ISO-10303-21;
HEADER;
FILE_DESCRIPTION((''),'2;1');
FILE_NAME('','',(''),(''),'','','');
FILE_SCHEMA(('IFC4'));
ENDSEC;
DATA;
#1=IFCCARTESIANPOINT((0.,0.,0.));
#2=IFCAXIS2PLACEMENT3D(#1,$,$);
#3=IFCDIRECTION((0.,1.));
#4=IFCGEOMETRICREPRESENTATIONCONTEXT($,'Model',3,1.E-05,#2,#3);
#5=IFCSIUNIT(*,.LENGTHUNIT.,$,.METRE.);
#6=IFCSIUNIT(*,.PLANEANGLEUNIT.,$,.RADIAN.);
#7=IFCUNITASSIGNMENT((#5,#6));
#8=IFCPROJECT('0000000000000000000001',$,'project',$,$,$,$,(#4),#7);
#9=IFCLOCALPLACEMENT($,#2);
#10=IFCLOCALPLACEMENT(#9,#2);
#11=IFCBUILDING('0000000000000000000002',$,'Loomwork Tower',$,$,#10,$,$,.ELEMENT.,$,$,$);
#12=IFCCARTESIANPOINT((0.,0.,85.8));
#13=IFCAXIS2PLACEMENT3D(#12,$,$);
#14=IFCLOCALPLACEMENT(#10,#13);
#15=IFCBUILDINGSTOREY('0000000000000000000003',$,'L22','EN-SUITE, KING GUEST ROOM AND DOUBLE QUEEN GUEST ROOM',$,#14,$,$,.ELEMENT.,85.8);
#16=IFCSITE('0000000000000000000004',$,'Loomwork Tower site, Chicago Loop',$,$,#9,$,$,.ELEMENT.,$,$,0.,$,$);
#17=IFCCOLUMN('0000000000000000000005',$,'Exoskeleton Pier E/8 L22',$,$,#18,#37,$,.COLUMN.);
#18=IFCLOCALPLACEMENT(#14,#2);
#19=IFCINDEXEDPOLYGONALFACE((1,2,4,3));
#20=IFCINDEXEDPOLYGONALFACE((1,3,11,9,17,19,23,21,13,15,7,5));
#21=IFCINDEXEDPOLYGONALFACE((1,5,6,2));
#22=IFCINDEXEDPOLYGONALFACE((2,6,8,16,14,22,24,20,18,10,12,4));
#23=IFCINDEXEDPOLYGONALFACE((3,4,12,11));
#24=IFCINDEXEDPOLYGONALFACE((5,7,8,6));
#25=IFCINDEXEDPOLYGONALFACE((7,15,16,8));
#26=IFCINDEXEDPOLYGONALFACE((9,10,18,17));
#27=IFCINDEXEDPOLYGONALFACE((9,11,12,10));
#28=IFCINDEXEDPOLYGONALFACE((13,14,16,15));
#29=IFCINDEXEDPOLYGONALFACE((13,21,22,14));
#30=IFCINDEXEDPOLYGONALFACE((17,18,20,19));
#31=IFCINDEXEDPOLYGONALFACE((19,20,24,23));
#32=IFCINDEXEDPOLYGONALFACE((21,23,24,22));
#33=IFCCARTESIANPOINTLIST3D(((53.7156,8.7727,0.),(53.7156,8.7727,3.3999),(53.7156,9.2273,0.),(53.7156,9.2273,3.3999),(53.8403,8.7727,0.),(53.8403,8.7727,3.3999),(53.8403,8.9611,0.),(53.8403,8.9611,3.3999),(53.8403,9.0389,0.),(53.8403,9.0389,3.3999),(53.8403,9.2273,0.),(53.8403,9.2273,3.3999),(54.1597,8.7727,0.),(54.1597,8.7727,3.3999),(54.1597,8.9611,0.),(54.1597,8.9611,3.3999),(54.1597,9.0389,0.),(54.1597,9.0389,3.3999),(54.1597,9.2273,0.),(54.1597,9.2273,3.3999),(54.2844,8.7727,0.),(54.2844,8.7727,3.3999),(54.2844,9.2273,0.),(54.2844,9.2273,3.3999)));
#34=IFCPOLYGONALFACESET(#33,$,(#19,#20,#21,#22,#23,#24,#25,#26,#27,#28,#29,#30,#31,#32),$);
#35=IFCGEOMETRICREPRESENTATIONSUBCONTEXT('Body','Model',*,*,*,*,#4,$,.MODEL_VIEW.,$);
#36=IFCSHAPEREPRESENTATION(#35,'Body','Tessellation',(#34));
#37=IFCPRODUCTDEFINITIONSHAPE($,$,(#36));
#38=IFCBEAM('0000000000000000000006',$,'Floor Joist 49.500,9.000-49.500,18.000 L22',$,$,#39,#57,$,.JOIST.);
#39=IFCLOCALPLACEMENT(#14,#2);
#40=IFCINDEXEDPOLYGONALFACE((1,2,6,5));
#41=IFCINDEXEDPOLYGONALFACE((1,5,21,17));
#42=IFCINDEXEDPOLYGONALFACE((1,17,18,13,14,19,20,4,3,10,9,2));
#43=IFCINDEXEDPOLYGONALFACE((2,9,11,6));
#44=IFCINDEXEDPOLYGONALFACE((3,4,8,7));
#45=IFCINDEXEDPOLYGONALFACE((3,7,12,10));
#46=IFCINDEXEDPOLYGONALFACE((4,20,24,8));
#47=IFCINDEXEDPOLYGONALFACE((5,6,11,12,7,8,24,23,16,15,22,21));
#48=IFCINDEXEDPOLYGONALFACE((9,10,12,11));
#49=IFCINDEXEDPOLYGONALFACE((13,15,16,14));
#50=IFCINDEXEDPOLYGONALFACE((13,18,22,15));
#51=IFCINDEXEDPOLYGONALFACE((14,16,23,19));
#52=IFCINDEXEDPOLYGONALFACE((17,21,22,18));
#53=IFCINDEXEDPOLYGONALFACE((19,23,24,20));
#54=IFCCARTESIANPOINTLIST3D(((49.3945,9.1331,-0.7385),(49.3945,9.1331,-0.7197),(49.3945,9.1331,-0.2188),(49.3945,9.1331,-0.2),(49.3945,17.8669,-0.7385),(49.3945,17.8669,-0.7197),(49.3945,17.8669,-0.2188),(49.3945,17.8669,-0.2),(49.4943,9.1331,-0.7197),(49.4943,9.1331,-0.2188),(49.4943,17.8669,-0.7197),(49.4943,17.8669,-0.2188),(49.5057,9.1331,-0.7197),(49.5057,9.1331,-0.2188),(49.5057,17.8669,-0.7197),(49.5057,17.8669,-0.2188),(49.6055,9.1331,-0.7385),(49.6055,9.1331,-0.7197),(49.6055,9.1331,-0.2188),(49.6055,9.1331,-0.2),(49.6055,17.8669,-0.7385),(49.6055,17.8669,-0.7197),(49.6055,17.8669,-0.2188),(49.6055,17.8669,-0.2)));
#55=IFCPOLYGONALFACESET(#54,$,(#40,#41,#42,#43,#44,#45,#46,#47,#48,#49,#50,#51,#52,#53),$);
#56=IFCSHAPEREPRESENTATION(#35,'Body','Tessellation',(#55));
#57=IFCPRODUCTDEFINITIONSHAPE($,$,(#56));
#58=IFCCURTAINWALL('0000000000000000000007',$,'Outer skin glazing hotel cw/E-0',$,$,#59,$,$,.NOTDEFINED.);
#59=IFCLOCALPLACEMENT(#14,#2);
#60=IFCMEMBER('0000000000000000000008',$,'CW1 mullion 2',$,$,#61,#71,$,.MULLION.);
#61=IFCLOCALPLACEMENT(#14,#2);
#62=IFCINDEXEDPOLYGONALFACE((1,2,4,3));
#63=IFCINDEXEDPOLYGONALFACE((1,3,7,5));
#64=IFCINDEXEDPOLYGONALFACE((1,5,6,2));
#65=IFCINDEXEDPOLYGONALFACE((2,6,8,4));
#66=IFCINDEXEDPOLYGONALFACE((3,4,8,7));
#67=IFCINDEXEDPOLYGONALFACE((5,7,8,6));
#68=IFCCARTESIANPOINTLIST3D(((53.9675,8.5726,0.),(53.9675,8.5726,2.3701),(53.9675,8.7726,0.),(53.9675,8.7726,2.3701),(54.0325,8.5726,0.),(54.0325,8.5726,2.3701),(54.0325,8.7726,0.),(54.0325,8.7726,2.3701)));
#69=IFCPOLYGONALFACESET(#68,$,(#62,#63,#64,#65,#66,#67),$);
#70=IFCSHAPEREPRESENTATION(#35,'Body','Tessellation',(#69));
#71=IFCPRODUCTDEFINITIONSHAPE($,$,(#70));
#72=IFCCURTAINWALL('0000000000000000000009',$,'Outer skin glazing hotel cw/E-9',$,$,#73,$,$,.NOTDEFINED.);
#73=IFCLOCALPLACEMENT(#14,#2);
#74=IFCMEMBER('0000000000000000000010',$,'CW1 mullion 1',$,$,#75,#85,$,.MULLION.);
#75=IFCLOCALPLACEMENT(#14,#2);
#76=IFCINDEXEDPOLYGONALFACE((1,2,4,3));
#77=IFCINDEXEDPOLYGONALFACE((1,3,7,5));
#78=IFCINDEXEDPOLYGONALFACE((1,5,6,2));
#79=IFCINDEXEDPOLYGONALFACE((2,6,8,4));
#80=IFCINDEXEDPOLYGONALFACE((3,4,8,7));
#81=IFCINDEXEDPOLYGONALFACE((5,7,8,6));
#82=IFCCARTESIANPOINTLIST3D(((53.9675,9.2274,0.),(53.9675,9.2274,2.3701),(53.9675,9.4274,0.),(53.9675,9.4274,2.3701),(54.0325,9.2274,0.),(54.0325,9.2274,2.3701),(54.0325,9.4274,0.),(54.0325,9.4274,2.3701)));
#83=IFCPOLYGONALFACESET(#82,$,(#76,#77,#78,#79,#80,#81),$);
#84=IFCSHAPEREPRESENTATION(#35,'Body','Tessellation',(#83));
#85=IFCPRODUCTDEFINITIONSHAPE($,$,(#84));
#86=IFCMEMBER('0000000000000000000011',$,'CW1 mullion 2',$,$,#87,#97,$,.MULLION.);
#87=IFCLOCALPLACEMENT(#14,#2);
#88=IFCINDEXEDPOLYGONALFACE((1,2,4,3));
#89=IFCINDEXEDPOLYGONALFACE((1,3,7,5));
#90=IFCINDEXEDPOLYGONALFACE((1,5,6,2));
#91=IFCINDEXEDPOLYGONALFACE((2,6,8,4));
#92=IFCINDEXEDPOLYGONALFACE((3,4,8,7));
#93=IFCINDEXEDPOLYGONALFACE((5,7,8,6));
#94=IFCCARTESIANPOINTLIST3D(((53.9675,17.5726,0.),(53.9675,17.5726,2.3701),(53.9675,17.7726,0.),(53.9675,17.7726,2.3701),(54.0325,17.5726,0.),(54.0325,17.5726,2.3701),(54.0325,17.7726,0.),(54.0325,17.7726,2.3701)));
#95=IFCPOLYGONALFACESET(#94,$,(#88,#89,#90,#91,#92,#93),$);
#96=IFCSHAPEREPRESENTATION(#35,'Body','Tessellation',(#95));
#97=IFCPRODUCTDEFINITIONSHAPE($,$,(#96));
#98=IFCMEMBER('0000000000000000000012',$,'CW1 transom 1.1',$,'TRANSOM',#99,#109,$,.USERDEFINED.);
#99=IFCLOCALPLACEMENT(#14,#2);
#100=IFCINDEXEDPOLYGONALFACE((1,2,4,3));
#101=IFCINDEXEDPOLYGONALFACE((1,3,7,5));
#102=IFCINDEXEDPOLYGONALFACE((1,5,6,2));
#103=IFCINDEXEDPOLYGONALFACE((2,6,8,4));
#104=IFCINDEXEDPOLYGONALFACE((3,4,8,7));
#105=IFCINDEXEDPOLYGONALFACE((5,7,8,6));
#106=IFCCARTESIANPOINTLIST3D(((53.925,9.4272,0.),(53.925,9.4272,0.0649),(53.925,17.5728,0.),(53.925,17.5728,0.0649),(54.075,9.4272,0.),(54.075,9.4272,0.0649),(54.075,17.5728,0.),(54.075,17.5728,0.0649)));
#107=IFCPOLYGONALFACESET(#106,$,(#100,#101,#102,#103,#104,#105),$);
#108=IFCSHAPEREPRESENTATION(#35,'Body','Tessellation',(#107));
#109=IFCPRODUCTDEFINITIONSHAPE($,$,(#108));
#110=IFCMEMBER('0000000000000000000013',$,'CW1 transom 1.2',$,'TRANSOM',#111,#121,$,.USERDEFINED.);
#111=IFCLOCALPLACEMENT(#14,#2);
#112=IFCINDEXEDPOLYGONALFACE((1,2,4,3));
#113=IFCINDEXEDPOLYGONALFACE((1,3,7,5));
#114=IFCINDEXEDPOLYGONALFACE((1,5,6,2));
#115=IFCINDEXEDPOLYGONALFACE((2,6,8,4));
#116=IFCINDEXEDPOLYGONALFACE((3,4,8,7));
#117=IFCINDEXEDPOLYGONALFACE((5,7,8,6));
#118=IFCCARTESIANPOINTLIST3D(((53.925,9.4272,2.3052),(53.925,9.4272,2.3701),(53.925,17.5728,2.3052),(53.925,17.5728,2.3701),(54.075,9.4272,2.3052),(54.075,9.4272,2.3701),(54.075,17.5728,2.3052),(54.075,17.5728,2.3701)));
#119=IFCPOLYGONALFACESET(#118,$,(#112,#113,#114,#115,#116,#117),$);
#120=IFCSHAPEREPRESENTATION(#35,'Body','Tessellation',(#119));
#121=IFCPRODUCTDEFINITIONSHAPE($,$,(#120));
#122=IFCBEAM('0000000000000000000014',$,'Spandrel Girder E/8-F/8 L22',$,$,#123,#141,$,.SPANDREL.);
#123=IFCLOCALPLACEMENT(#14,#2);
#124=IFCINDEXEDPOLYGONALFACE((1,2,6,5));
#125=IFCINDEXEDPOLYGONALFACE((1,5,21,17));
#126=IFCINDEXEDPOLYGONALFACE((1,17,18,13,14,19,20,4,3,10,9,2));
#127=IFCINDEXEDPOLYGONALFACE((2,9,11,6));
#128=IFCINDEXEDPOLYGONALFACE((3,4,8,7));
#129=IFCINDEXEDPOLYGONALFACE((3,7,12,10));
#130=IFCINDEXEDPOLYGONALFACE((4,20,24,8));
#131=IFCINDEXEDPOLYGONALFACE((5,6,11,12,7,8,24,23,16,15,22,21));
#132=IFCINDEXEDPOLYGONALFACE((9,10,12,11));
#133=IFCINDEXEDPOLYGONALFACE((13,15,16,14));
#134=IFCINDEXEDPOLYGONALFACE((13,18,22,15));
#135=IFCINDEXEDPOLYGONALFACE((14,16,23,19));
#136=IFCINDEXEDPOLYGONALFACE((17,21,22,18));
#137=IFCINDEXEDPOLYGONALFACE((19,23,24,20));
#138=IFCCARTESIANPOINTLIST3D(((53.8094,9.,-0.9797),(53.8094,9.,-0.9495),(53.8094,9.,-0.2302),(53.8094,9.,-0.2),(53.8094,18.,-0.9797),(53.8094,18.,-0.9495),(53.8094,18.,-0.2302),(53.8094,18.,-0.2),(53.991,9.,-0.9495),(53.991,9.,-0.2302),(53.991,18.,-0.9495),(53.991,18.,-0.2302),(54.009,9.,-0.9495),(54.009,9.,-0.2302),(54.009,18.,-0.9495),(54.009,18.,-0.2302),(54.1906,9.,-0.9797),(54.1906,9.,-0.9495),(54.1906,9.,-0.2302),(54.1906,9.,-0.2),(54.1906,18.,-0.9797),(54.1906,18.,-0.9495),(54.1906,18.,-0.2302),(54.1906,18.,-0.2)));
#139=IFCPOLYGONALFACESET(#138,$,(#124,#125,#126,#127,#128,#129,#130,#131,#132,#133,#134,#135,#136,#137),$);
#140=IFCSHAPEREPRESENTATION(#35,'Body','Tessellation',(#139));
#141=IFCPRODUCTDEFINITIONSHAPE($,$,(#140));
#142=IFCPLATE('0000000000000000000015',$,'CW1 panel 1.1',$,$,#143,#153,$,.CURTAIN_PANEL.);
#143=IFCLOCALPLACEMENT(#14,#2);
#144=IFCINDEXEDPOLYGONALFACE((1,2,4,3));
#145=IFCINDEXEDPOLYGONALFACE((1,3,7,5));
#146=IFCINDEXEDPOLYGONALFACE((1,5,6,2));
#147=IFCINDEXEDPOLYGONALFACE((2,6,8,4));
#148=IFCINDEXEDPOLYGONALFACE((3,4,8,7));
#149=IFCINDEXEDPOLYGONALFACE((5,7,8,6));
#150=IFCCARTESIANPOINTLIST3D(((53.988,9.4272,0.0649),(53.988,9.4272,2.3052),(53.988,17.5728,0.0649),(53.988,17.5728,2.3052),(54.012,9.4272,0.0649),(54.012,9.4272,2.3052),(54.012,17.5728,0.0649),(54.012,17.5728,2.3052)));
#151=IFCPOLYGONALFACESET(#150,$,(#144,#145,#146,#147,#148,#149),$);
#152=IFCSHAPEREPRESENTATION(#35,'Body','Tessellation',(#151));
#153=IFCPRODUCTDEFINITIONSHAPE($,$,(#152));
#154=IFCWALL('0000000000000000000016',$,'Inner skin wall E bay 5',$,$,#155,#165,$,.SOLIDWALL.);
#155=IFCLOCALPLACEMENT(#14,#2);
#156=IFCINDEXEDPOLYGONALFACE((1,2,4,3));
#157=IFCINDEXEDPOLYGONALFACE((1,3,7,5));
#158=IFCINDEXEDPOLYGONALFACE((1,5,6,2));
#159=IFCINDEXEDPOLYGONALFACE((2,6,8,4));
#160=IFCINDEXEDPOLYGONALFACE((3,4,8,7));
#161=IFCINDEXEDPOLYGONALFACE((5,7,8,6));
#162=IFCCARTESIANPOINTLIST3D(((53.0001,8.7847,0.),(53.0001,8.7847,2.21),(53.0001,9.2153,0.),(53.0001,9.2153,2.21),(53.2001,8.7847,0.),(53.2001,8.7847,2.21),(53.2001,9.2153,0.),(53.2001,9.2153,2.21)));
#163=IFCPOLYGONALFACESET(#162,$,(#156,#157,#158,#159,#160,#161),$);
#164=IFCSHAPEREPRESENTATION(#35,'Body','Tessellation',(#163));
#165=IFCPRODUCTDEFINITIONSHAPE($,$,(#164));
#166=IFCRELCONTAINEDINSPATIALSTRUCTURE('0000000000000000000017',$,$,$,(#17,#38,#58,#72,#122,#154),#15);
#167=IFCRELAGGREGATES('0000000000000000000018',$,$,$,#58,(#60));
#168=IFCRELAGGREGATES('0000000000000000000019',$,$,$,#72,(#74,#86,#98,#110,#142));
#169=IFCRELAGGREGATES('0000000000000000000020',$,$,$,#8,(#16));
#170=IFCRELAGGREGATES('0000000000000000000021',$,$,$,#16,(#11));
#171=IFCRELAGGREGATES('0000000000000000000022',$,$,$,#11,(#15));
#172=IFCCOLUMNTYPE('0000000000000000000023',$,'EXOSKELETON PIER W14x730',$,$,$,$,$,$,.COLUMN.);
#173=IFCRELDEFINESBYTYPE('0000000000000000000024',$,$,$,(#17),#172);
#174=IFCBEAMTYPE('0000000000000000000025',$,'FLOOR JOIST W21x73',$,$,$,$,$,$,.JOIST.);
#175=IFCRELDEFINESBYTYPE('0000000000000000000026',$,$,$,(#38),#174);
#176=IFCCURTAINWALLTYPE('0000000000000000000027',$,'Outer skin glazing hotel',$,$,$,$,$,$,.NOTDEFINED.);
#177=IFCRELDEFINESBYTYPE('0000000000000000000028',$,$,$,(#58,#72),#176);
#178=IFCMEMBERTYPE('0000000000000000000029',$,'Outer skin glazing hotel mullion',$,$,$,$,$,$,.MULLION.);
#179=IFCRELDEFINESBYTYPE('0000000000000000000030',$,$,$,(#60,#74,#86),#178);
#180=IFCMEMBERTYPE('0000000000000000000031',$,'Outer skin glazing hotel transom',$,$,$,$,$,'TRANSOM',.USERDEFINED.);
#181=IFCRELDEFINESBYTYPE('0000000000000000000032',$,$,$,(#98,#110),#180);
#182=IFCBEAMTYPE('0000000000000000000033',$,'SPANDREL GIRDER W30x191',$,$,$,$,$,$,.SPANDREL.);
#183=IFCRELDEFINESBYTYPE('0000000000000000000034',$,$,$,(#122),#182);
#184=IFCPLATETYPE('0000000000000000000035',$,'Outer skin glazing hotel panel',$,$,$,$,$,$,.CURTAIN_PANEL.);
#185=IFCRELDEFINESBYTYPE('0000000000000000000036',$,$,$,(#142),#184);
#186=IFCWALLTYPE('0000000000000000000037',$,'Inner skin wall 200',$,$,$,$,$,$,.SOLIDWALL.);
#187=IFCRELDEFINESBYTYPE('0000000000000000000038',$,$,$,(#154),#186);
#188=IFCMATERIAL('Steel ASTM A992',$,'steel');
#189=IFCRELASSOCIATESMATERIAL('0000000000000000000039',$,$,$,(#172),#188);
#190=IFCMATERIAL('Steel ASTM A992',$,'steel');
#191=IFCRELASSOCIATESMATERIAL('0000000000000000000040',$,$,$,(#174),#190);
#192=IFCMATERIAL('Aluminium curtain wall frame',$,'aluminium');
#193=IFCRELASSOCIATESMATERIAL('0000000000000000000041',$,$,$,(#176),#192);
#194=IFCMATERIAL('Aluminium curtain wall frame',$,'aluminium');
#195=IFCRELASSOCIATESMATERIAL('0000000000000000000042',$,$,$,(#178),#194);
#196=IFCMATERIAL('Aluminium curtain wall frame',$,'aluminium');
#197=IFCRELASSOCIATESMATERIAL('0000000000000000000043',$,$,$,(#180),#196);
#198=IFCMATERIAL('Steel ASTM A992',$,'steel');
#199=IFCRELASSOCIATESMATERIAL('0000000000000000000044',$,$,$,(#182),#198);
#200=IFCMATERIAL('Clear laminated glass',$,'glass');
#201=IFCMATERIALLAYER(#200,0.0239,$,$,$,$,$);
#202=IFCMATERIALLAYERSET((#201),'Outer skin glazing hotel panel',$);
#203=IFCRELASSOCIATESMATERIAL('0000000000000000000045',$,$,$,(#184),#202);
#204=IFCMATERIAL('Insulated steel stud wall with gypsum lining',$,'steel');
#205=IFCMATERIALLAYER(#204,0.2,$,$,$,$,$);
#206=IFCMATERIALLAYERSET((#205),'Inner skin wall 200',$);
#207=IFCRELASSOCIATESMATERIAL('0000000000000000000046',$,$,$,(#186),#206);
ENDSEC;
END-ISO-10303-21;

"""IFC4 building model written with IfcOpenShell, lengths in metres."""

from ifc_helpers import new_model, si_unit, direction, frame, frame_2d, origin, origin_2d, place, context, subcontext, project, spatial, rectangle, i_section, extrude, material, layer, layer_set, material_profile, profile_set, type_object, element, aggregate, save


model = new_model("IFC4")

# Units and contexts
model_context = context("Model", 3, precision=1e-05, world=origin(), true_north=direction((0.0, 1.0)))
body_context = subcontext(model_context, "Body", "Model", "MODEL_VIEW")
ifc_project = project(units=[si_unit("LENGTHUNIT", "METRE"), si_unit("PLANEANGLEUNIT", "RADIAN")], contexts=[model_context])

# Site, building, storey
site_placement = place(None, origin())
site = spatial("IfcSite", under=ifc_project, at=site_placement, Name="Loomwork Tower site, Chicago Loop", CompositionType="ELEMENT", RefElevation=0.0)
building_placement = place(site_placement, origin())
building = spatial("IfcBuilding", under=site, at=building_placement, Name="Loomwork Tower", CompositionType="ELEMENT")
storey_placement = place(building_placement, frame((0.0, 0.0, 85.8)))
storey = spatial("IfcBuildingStorey", under=building, at=storey_placement, Name="L22", Description="EN-SUITE, KING GUEST ROOM AND DOUBLE QUEEN GUEST ROOM", CompositionType="ELEMENT", Elevation=85.8)

# Column
ifc_material_1 = material(Name="Steel ASTM A992", Category="steel")
ifc_material_profile_1 = material_profile(ifc_material_1, i_section(OverallWidth=0.4546, OverallDepth=0.5688, WebThickness=0.0779, FlangeThickness=0.1248, at=origin_2d()), Name="W14x730")
ifc_profile_set_1 = profile_set([ifc_material_profile_1], Name="Steel ASTM A992")
column_type = type_object("IfcColumnType", Name="EXOSKELETON PIER W14x730", PredefinedType="COLUMN", material=ifc_profile_set_1)
column_placement = place(storey_placement, frame((54.0, 9.0, 0.0), z_axis=(0.0, 0.0, 1.0), x_axis=(0.0, 1.0, 0.0)))
element("IfcColumn", 1, at=column_placement, inside=storey, type_object=column_type, Name="Exoskeleton Pier E/8 L22", PredefinedType="COLUMN", context=body_context, shape_type="SweptSolid", body=[
    extrude(i_section(OverallWidth=0.4546, OverallDepth=0.5688, WebThickness=0.0779, FlangeThickness=0.1248, at=origin_2d()), origin(), (0.0, 0.0, 1.0), 3.3999),
])

# Beam
ifc_material_2 = material(Name="Steel ASTM A992", Category="steel")
ifc_material_profile_2 = material_profile(ifc_material_2, i_section(OverallWidth=0.2109, OverallDepth=0.5386, WebThickness=0.0115, FlangeThickness=0.0188, at=origin_2d()), Name="W21x73")
ifc_profile_set_2 = profile_set([ifc_material_profile_2], Name="Steel ASTM A992")
beam_type_1 = type_object("IfcBeamType", Name="FLOOR JOIST W21x73", PredefinedType="JOIST", material=ifc_profile_set_2)
beam_1_placement = place(storey_placement, frame((49.5, 9.1331, -0.4692), z_axis=(0.0, 1.0, 0.0), x_axis=(-1.0, 0.0, 0.0)))
element("IfcBeam", 2, at=beam_1_placement, inside=storey, type_object=beam_type_1, Name="Floor Joist 49.500,9.000-49.500,18.000 L22", PredefinedType="JOIST", context=body_context, shape_type="SweptSolid", body=[
    extrude(i_section(OverallWidth=0.2109, OverallDepth=0.5386, WebThickness=0.0115, FlangeThickness=0.0188, at=origin_2d()), origin(), (0.0, 0.0, 1.0), 8.7339),
])

# Curtain wall, member
ifc_material_3 = material(Name="Aluminium curtain wall frame", Category="aluminium")
curtain_wall_type = type_object("IfcCurtainWallType", Name="Outer skin glazing hotel", PredefinedType="NOTDEFINED", material=ifc_material_3)
curtain_wall_1_placement = place(storey_placement, origin())
curtain_wall_1 = element("IfcCurtainWall", 3, at=curtain_wall_1_placement, inside=storey, type_object=curtain_wall_type, Name="Outer skin glazing hotel cw/E-0", PredefinedType="NOTDEFINED")
ifc_material_4 = material(Name="Aluminium curtain wall frame", Category="aluminium")
ifc_material_profile_3 = material_profile(ifc_material_4, rectangle(XDim=0.0649, YDim=0.2, at=origin_2d()), Name="AL 65x200")
ifc_profile_set_3 = profile_set([ifc_material_profile_3], Name="Aluminium curtain wall frame")
member_type_1 = type_object("IfcMemberType", Name="Outer skin glazing hotel mullion", PredefinedType="MULLION", material=ifc_profile_set_3)
member_1_placement = place(storey_placement, frame((54.0, 8.6726, 0.0), z_axis=(0.0, 0.0, 1.0), x_axis=(-1.0, 0.0, 0.0)))
member_1 = element("IfcMember", 4, at=member_1_placement, type_object=member_type_1, Name="CW1 mullion 2", PredefinedType="MULLION", context=body_context, shape_type="SweptSolid", body=[
    extrude(rectangle(XDim=0.0649, YDim=0.2, at=origin_2d()), origin(), (0.0, 0.0, 1.0), 2.3701),
])
aggregate(curtain_wall_1, [member_1])

# Curtain wall, members
curtain_wall_2_placement = place(storey_placement, origin())
curtain_wall_2 = element("IfcCurtainWall", 5, at=curtain_wall_2_placement, inside=storey, type_object=curtain_wall_type, Name="Outer skin glazing hotel cw/E-9", PredefinedType="NOTDEFINED")
member_2_placement = place(storey_placement, frame((54.0, 9.3274, 0.0), z_axis=(0.0, 0.0, 1.0), x_axis=(-1.0, 0.0, 0.0)))
member_2 = element("IfcMember", 6, at=member_2_placement, type_object=member_type_1, Name="CW1 mullion 1", PredefinedType="MULLION", context=body_context, shape_type="SweptSolid", body=[
    extrude(rectangle(XDim=0.0649, YDim=0.2, at=origin_2d()), origin(), (0.0, 0.0, 1.0), 2.3701),
])
member_3_placement = place(storey_placement, frame((54.0, 17.6726, 0.0), z_axis=(0.0, 0.0, 1.0), x_axis=(-1.0, 0.0, 0.0)))
member_3 = element("IfcMember", 7, at=member_3_placement, type_object=member_type_1, Name="CW1 mullion 2", PredefinedType="MULLION", context=body_context, shape_type="SweptSolid", body=[
    extrude(rectangle(XDim=0.0649, YDim=0.2, at=origin_2d()), origin(), (0.0, 0.0, 1.0), 2.3701),
])
ifc_material_5 = material(Name="Aluminium curtain wall frame", Category="aluminium")
ifc_material_profile_4 = material_profile(ifc_material_5, rectangle(XDim=0.1499, YDim=0.0649, at=origin_2d()), Name="AL 65x150")
ifc_profile_set_4 = profile_set([ifc_material_profile_4], Name="Aluminium curtain wall frame")
member_type_2 = type_object("IfcMemberType", Name="Outer skin glazing hotel transom", ElementType="TRANSOM", PredefinedType="USERDEFINED", material=ifc_profile_set_4)
member_4_placement = place(storey_placement, frame((54.0, 9.4272, 0.0325), z_axis=(0.0, 1.0, 0.0), x_axis=(-1.0, 0.0, 0.0)))
member_4 = element("IfcMember", 8, at=member_4_placement, type_object=member_type_2, Name="CW1 transom 1.1", ObjectType="TRANSOM", PredefinedType="USERDEFINED", context=body_context, shape_type="SweptSolid", body=[
    extrude(rectangle(XDim=0.1499, YDim=0.0649, at=origin_2d()), origin(), (0.0, 0.0, 1.0), 8.1455),
])
member_5_placement = place(storey_placement, frame((54.0, 9.4272, 2.3376), z_axis=(0.0, 1.0, 0.0), x_axis=(-1.0, 0.0, 0.0)))
member_5 = element("IfcMember", 9, at=member_5_placement, type_object=member_type_2, Name="CW1 transom 1.2", ObjectType="TRANSOM", PredefinedType="USERDEFINED", context=body_context, shape_type="SweptSolid", body=[
    extrude(rectangle(XDim=0.1499, YDim=0.0649, at=origin_2d()), origin(), (0.0, 0.0, 1.0), 8.1455),
])

# Beam
ifc_material_6 = material(Name="Steel ASTM A992", Category="steel")
ifc_material_profile_5 = material_profile(ifc_material_6, i_section(OverallWidth=0.3811, OverallDepth=0.7798, WebThickness=0.0181, FlangeThickness=0.0303, at=origin_2d()), Name="W30x191")
ifc_profile_set_5 = profile_set([ifc_material_profile_5], Name="Steel ASTM A992")
beam_type_2 = type_object("IfcBeamType", Name="SPANDREL GIRDER W30x191", PredefinedType="SPANDREL", material=ifc_profile_set_5)
beam_2_placement = place(storey_placement, frame((54.0, 9.0, -0.5898), z_axis=(0.0, 1.0, 0.0), x_axis=(-1.0, 0.0, 0.0)))
element("IfcBeam", 10, at=beam_2_placement, inside=storey, type_object=beam_type_2, Name="Spandrel Girder E/8-F/8 L22", PredefinedType="SPANDREL", context=body_context, shape_type="SweptSolid", body=[
    extrude(i_section(OverallWidth=0.3811, OverallDepth=0.7798, WebThickness=0.0181, FlangeThickness=0.0303, at=origin_2d()), origin(), (0.0, 0.0, 1.0), 9.0),
])

# Plate
ifc_material_7 = material(Name="Clear laminated glass", Category="glass")
ifc_layer_1 = layer(ifc_material_7, 0.0239)
ifc_layer_set_1 = layer_set([ifc_layer_1], Name="Outer skin glazing hotel panel")
plate_type = type_object("IfcPlateType", Name="Outer skin glazing hotel panel", PredefinedType="CURTAIN_PANEL", material=ifc_layer_set_1)
plate_placement = place(storey_placement, frame((54.0, 13.5, 0.0649), z_axis=(0.0, 0.0, 1.0), x_axis=(0.0, 1.0, 0.0)))
plate = element("IfcPlate", 11, at=plate_placement, type_object=plate_type, Name="CW1 panel 1.1", PredefinedType="CURTAIN_PANEL", context=body_context, shape_type="SweptSolid", body=[
    extrude(rectangle(XDim=8.1455, YDim=0.0239, at=origin_2d()), origin(), (0.0, 0.0, 1.0), 2.2402),
])
aggregate(curtain_wall_2, [member_2, member_3, member_4, member_5, plate])

# Wall
ifc_material_8 = material(Name="Insulated steel stud wall with gypsum lining", Category="steel")
ifc_layer_2 = layer(ifc_material_8, 0.2)
ifc_layer_set_2 = layer_set([ifc_layer_2], Name="Inner skin wall 200")
wall_type = type_object("IfcWallType", Name="Inner skin wall 200", PredefinedType="SOLIDWALL", material=ifc_layer_set_2)
wall_1_placement = place(storey_placement, frame((53.1001, 8.7847, 0.0), z_axis=(0.0, 0.0, 1.0), x_axis=(0.0, 1.0, 0.0)))
element("IfcWall", 12, at=wall_1_placement, inside=storey, type_object=wall_type, Name="Inner skin wall E bay 5", PredefinedType="SOLIDWALL", context=body_context, shape_type="SweptSolid", body=[
    extrude(rectangle(XDim=0.4307, YDim=0.2, at=frame_2d((0.2153, 0.0))), origin(), (0.0, 0.0, 1.0), 2.21),
])

save(model, "model.ifc")
